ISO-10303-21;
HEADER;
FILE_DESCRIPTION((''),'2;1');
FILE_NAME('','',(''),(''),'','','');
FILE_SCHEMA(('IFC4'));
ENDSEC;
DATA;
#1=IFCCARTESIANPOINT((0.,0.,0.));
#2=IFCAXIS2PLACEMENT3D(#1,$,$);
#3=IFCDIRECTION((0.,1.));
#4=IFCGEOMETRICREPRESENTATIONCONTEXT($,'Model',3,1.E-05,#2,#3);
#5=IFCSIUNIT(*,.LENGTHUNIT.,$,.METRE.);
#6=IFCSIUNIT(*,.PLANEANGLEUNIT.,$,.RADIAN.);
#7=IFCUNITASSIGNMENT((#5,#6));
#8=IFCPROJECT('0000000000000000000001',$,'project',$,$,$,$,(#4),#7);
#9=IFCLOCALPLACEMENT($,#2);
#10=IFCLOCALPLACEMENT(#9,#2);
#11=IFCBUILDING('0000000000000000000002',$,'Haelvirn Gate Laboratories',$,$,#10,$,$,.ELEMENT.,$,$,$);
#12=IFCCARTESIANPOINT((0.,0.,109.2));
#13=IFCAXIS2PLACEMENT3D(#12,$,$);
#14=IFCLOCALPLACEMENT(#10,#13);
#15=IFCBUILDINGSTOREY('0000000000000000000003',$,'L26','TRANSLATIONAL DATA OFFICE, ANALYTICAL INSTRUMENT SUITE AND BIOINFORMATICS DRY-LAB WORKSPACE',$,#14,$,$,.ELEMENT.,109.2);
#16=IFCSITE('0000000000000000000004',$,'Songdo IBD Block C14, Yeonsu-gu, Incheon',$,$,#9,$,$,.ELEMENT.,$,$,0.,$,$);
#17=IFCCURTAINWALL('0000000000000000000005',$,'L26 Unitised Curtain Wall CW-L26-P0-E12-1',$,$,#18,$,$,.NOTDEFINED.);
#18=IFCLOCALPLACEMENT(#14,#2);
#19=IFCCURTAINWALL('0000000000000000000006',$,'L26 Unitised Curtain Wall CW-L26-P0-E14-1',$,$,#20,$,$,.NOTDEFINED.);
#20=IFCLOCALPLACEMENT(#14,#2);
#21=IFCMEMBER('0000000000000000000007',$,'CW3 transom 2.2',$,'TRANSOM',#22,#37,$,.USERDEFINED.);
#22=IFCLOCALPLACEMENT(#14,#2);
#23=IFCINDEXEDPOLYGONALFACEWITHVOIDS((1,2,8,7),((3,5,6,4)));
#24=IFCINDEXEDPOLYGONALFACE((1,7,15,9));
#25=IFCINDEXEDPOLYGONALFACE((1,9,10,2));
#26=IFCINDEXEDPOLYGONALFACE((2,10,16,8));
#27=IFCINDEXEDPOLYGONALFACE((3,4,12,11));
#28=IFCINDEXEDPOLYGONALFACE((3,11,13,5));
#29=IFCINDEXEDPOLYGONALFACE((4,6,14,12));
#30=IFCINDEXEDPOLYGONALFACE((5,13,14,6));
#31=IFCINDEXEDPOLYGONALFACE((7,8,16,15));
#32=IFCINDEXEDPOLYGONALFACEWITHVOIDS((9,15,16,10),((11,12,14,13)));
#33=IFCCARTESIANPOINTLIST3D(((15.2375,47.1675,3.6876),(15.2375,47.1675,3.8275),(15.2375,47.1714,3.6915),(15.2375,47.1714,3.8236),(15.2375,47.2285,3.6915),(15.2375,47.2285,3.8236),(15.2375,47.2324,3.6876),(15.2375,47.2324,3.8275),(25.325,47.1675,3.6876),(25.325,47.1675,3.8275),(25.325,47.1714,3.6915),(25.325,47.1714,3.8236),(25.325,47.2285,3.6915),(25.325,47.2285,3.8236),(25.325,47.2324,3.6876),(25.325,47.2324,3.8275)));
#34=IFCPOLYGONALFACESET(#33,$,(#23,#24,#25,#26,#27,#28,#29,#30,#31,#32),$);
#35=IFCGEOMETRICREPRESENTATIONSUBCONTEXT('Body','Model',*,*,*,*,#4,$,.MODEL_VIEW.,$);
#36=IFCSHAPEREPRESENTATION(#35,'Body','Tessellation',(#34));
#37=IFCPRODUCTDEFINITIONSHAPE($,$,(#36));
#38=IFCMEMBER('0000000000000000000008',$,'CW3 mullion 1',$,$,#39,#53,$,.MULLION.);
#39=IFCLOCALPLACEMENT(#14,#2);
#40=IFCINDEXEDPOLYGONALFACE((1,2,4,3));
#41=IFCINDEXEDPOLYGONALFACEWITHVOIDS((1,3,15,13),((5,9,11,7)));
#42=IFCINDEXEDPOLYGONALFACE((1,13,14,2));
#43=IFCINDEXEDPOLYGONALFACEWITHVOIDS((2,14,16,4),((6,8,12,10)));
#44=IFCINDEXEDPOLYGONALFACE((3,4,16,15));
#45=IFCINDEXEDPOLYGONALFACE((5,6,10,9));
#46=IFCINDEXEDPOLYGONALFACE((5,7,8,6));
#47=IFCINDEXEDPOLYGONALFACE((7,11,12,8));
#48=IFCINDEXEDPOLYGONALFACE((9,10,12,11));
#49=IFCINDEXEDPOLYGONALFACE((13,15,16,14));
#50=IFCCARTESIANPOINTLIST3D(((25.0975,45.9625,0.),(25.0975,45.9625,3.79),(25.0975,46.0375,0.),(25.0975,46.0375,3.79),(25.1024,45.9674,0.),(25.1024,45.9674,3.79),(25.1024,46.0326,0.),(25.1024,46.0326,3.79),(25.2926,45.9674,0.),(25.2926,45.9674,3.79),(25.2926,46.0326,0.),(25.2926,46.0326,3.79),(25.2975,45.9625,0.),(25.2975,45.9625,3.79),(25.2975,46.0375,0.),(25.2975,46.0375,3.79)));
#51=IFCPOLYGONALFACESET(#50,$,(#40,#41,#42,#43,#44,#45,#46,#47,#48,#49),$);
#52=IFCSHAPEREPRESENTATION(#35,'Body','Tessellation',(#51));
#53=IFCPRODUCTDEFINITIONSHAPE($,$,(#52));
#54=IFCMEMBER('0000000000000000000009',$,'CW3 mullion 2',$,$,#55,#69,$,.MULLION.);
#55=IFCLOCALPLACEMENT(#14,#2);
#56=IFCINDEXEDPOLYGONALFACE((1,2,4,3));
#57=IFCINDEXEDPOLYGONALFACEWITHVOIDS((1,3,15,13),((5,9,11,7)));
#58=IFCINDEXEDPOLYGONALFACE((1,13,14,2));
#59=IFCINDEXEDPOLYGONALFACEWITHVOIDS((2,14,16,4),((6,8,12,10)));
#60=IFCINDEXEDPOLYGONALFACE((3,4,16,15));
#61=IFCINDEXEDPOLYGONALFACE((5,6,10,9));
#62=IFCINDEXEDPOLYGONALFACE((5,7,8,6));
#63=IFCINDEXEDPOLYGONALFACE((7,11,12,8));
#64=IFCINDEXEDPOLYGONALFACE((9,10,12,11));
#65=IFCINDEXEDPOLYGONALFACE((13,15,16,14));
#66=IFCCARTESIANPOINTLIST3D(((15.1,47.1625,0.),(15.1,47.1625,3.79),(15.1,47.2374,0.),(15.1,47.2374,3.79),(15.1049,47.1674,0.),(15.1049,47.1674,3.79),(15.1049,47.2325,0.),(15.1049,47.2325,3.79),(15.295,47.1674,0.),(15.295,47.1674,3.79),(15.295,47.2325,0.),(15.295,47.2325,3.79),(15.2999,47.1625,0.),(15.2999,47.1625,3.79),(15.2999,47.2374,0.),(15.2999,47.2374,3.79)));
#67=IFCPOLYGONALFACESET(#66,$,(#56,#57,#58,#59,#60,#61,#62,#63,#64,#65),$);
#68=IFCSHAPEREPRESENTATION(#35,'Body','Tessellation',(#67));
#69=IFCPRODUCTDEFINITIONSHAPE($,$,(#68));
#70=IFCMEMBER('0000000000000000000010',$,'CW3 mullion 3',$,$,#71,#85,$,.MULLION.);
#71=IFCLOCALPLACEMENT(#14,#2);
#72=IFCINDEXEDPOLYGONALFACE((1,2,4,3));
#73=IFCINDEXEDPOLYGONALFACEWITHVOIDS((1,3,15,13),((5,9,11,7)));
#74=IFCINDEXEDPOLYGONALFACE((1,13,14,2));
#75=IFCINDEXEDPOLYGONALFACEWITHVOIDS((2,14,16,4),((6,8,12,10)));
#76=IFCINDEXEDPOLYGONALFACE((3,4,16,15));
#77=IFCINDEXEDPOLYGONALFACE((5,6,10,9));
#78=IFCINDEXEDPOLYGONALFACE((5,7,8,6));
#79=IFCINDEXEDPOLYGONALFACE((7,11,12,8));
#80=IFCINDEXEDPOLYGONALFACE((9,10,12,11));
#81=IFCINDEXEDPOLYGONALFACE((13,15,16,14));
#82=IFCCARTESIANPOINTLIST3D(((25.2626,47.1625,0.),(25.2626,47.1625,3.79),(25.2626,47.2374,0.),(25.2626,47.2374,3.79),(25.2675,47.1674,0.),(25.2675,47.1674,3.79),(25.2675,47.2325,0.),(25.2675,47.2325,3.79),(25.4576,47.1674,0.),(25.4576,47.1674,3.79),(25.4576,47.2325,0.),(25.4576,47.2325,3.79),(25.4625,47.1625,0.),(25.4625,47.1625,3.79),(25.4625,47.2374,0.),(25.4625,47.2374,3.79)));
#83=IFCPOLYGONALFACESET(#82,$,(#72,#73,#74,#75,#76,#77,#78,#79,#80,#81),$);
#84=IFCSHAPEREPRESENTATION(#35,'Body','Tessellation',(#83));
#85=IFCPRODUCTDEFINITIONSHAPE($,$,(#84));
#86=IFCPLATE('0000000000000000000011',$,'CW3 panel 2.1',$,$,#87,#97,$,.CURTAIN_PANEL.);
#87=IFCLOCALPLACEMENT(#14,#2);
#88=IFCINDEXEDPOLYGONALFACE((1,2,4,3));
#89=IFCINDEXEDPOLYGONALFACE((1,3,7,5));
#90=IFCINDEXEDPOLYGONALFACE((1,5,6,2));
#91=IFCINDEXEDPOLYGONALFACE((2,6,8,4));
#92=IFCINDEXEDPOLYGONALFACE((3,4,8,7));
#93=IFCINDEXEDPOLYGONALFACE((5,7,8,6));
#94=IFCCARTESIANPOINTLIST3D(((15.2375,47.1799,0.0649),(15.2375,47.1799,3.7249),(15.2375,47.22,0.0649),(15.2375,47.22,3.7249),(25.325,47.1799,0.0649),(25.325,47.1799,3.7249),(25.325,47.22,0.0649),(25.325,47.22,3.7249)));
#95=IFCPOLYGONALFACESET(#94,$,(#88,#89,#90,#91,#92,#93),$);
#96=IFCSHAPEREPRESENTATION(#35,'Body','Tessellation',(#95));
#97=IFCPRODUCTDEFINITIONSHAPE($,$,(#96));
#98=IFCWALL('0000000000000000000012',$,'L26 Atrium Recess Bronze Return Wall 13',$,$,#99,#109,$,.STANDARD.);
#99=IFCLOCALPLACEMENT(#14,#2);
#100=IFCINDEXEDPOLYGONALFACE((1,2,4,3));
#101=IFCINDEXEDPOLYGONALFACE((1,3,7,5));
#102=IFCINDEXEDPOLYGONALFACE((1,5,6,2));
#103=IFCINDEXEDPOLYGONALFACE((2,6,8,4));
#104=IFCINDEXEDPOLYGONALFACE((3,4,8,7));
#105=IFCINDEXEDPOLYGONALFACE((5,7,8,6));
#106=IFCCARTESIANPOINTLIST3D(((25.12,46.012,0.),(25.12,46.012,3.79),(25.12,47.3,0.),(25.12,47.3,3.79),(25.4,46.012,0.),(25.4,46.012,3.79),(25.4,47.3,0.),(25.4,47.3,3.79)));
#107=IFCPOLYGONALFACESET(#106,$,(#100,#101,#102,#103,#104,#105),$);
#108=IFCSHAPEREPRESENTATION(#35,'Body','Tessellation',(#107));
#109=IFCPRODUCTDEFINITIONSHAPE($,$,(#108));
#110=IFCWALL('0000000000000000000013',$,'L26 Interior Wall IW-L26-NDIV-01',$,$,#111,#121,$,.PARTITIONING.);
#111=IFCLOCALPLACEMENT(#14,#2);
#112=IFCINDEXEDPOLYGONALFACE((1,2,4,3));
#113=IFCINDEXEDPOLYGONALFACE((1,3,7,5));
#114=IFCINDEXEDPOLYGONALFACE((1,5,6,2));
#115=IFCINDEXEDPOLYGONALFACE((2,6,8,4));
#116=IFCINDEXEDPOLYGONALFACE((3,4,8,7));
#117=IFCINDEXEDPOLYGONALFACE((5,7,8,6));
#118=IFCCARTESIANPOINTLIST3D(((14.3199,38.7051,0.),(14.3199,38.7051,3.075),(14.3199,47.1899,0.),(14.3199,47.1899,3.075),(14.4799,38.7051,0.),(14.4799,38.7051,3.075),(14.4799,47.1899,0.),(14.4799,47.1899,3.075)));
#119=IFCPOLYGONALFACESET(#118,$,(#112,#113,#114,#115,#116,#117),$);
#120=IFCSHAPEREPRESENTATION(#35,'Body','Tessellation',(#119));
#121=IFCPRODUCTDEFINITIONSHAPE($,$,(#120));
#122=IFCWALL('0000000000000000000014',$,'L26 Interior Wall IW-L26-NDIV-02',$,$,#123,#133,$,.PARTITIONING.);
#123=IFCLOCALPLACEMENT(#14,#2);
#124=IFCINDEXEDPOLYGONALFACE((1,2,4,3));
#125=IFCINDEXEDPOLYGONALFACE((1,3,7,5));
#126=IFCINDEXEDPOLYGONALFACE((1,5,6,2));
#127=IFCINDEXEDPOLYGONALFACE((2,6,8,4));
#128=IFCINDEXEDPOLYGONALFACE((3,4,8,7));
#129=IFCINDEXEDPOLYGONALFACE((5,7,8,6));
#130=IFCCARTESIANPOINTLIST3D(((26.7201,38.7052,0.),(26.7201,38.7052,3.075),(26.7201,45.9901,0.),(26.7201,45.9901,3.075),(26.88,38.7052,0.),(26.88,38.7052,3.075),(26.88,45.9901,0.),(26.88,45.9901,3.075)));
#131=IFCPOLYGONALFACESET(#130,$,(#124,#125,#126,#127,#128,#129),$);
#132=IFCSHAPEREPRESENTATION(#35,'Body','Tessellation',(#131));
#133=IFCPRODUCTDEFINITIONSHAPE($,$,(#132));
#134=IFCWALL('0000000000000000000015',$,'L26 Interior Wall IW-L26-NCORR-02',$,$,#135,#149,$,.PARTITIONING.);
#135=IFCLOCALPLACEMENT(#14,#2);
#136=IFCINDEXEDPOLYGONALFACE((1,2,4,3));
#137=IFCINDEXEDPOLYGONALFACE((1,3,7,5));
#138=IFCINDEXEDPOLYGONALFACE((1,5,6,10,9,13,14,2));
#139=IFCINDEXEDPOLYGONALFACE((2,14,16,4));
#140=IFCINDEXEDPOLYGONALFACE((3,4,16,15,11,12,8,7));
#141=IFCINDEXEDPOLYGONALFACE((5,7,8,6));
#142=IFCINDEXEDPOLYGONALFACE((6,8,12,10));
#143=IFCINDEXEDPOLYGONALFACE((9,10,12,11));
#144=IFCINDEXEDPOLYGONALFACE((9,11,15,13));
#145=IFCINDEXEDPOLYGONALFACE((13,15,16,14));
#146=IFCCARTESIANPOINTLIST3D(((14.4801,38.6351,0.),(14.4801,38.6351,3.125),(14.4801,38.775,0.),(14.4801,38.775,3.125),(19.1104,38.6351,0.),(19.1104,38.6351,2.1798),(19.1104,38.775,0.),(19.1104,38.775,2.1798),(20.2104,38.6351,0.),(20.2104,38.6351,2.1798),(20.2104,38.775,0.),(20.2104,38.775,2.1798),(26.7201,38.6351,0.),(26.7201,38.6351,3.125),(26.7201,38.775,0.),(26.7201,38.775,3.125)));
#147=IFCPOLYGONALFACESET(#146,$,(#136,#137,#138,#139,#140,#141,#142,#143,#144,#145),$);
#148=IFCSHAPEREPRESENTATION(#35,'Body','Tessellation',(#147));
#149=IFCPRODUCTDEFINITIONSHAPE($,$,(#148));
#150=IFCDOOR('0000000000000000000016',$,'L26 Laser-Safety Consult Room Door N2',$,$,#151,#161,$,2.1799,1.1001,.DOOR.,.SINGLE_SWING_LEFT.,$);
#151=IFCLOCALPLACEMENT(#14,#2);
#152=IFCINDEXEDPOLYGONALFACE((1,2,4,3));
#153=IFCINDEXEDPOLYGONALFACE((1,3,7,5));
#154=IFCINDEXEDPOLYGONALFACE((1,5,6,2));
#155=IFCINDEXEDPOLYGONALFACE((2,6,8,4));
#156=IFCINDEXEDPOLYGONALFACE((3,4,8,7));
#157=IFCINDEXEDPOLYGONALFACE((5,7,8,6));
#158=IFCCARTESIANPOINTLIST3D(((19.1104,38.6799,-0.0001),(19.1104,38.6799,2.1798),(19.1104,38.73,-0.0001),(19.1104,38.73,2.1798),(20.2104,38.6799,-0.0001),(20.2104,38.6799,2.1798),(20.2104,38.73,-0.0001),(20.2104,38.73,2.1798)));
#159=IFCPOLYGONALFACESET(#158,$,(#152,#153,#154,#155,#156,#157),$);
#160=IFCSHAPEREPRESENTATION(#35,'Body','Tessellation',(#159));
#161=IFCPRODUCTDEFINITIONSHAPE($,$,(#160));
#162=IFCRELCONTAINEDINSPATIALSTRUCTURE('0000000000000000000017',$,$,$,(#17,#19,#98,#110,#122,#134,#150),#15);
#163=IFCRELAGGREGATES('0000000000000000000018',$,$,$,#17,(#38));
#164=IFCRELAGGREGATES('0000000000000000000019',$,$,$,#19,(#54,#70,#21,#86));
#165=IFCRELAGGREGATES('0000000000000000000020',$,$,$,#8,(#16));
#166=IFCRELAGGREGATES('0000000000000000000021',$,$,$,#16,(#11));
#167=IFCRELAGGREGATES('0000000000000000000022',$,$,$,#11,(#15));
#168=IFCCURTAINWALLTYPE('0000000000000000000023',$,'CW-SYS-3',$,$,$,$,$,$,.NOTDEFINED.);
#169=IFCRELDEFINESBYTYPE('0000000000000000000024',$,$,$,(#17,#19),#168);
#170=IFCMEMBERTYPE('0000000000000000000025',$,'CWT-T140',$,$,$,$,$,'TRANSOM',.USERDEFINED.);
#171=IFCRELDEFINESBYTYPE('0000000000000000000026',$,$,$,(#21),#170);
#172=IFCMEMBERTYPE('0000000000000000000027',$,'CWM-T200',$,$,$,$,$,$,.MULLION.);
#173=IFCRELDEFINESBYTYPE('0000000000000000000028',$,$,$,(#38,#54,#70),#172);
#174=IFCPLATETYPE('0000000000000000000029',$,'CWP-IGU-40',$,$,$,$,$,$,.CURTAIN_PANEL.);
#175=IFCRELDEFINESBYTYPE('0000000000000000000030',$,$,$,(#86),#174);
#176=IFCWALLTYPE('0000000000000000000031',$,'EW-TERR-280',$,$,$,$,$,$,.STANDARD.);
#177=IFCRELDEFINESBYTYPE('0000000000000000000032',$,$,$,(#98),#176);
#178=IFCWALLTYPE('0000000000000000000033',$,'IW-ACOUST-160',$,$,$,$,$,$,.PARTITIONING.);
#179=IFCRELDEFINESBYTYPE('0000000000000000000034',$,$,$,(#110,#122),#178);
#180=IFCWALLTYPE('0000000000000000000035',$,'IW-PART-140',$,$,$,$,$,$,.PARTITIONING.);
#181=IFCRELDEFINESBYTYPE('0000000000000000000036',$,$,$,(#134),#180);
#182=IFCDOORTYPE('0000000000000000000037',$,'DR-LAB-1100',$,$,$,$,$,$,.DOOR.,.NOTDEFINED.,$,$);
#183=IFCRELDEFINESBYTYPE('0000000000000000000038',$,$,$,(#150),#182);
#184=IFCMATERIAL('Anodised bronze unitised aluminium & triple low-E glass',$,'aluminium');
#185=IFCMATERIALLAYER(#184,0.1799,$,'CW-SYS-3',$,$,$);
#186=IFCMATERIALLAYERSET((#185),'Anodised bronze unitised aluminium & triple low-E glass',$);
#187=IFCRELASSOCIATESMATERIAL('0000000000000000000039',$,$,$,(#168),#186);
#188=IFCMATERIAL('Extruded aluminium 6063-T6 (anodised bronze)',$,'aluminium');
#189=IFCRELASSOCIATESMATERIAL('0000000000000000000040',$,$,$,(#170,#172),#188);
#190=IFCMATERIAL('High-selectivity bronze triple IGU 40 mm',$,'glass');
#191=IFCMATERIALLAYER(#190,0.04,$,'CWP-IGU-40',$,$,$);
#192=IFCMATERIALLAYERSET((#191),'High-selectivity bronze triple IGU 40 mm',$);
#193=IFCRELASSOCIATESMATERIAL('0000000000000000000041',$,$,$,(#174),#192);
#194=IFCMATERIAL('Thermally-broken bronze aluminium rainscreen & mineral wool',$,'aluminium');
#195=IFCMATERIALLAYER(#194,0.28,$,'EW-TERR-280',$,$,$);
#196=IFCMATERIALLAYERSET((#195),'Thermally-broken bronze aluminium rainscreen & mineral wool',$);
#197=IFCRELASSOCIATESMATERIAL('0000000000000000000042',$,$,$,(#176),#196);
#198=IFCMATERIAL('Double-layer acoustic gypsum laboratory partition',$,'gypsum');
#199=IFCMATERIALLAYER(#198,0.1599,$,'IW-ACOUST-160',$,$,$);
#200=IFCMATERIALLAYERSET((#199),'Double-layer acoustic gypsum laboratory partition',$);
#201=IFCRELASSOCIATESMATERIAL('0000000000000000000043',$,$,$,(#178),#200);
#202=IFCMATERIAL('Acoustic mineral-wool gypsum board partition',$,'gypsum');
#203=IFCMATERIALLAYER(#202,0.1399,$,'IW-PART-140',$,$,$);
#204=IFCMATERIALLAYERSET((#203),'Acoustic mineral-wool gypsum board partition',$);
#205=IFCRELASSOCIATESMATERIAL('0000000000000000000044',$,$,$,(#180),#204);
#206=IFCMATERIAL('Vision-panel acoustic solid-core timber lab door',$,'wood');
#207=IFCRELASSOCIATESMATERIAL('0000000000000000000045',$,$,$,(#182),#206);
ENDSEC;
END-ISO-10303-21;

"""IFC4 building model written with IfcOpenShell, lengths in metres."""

from ifc_helpers import new_model, si_unit, direction, frame, frame_2d, origin, origin_2d, place, context, subcontext, project, spatial, rectangle, hollow_rectangle, extrude, source, transform, mapped, material, layer, layer_set, material_profile, profile_set, type_object, type_shapes, element, fill, aggregate, save


model = new_model("IFC4")

# Units and contexts
model_context = context("Model", 3, precision=1e-05, world=origin(), true_north=direction((0.0, 1.0)))
body_context = subcontext(model_context, "Body", "Model", "MODEL_VIEW")
ifc_project = project(units=[si_unit("LENGTHUNIT", "METRE"), si_unit("PLANEANGLEUNIT", "RADIAN")], contexts=[model_context])

# Site, building, storey
site_placement = place(None, origin())
site = spatial("IfcSite", under=ifc_project, at=site_placement, Name="Songdo IBD Block C14, Yeonsu-gu, Incheon", CompositionType="ELEMENT", RefElevation=0.0)
building_placement = place(site_placement, origin())
building = spatial("IfcBuilding", under=site, at=building_placement, Name="Haelvirn Gate Laboratories", CompositionType="ELEMENT")
storey_placement = place(building_placement, frame((0.0, 0.0, 109.2)))
storey = spatial("IfcBuildingStorey", under=building, at=storey_placement, Name="L26", Description="TRANSLATIONAL DATA OFFICE, ANALYTICAL INSTRUMENT SUITE AND BIOINFORMATICS DRY-LAB WORKSPACE", CompositionType="ELEMENT", Elevation=109.2)

# Curtain walls, member
ifc_material_1 = material(Name="Anodised bronze unitised aluminium & triple low-E glass", Category="aluminium")
ifc_layer_1 = layer(ifc_material_1, 0.1799, Name="CW-SYS-3")
ifc_layer_set_1 = layer_set([ifc_layer_1], Name="Anodised bronze unitised aluminium & triple low-E glass")
curtain_wall_type = type_object("IfcCurtainWallType", Name="CW-SYS-3", PredefinedType="NOTDEFINED", material=ifc_layer_set_1)
curtain_wall_1_placement = place(storey_placement, origin())
curtain_wall_1 = element("IfcCurtainWall", 1, at=curtain_wall_1_placement, inside=storey, type_object=curtain_wall_type, Name="L26 Unitised Curtain Wall CW-L26-P0-E12-1", PredefinedType="NOTDEFINED")
ifc_material_2 = material(Name="Extruded aluminium 6063-T6 (anodised bronze)", Category="aluminium")
ifc_material_profile_1 = material_profile(ifc_material_2, hollow_rectangle(XDim=0.0649, YDim=0.1399, WallThickness=0.0039, at=origin_2d()), Name="CWT-140x65x4")
ifc_profile_set_1 = profile_set([ifc_material_profile_1], Name="Extruded aluminium 6063-T6 (anodised bronze)")
member_type_1 = type_object("IfcMemberType", Name="CWT-T140", ElementType="TRANSOM", PredefinedType="USERDEFINED", material=ifc_profile_set_1)
curtain_wall_2_placement = place(storey_placement, origin())
curtain_wall_2 = element("IfcCurtainWall", 2, at=curtain_wall_2_placement, inside=storey, type_object=curtain_wall_type, Name="L26 Unitised Curtain Wall CW-L26-P0-E14-1", PredefinedType="NOTDEFINED")
shared_shape_1 = source(origin(), body_context, "Body", "SweptSolid", [
    extrude(hollow_rectangle(XDim=0.0649, YDim=0.1399, WallThickness=0.0039, at=origin_2d()), origin(), (0.0, 0.0, 1.0), 10.0874),
])
member_1_placement = place(storey_placement, frame((15.2375, 47.2, 3.7576), z_axis=(1.0, 0.0, 0.0), x_axis=(0.0, 1.0, 0.0)))
member_1 = element("IfcMember", 3, at=member_1_placement, type_object=member_type_1, Name="CW3 transom 2.2", ObjectType="TRANSOM", PredefinedType="USERDEFINED", context=body_context, shape_type="MappedRepresentation", body=[
    mapped(shared_shape_1, transform((0.0, 0.0, 0.0), scale=1.0)),
])

# Members
ifc_material_profile_2 = material_profile(ifc_material_2, hollow_rectangle(XDim=0.075, YDim=0.2, WallThickness=0.0049, at=origin_2d()), Name="CWM-200x75x5")
ifc_profile_set_2 = profile_set([ifc_material_profile_2], Name="Extruded aluminium 6063-T6 (anodised bronze)")
member_type_2 = type_object("IfcMemberType", Name="CWM-T200", PredefinedType="MULLION", material=ifc_profile_set_2)
shared_shape_2 = source(origin(), body_context, "Body", "SweptSolid", [
    extrude(hollow_rectangle(XDim=0.075, YDim=0.2, WallThickness=0.0049, at=origin_2d()), origin(), (0.0, 0.0, 1.0), 3.79),
])
type_shapes(member_type_2, [shared_shape_2])
member_2_placement = place(storey_placement, frame((25.1975, 46.0, 0.0), z_axis=(0.0, 0.0, 1.0), x_axis=(0.0, 1.0, 0.0)))
member_2 = element("IfcMember", 4, at=member_2_placement, type_object=member_type_2, Name="CW3 mullion 1", PredefinedType="MULLION", context=body_context, shape_type="MappedRepresentation", body=[
    mapped(shared_shape_2, transform((0.0, 0.0, 0.0), scale=1.0)),
])
aggregate(curtain_wall_1, [member_2])
member_3_placement = place(storey_placement, frame((15.2, 47.2, 0.0), z_axis=(0.0, 0.0, 1.0), x_axis=(0.0, 1.0, 0.0)))
member_3 = element("IfcMember", 5, at=member_3_placement, type_object=member_type_2, Name="CW3 mullion 2", PredefinedType="MULLION", context=body_context, shape_type="MappedRepresentation", body=[
    mapped(shared_shape_2, transform((0.0, 0.0, 0.0), scale=1.0)),
])
member_4_placement = place(storey_placement, frame((25.3625, 47.2, 0.0), z_axis=(0.0, 0.0, 1.0), x_axis=(0.0, 1.0, 0.0)))
member_4 = element("IfcMember", 6, at=member_4_placement, type_object=member_type_2, Name="CW3 mullion 3", PredefinedType="MULLION", context=body_context, shape_type="MappedRepresentation", body=[
    mapped(shared_shape_2, transform((0.0, 0.0, 0.0), scale=1.0)),
])

# Plate
ifc_material_3 = material(Name="High-selectivity bronze triple IGU 40 mm", Category="glass")
ifc_layer_2 = layer(ifc_material_3, 0.04, Name="CWP-IGU-40")
ifc_layer_set_2 = layer_set([ifc_layer_2], Name="High-selectivity bronze triple IGU 40 mm")
plate_type = type_object("IfcPlateType", Name="CWP-IGU-40", PredefinedType="CURTAIN_PANEL", material=ifc_layer_set_2)
shared_shape_3 = source(origin(), body_context, "Body", "SweptSolid", [
    extrude(rectangle(XDim=10.0874, YDim=0.04, at=origin_2d()), origin(), (0.0, 0.0, 1.0), 3.6599),
])
type_shapes(plate_type, [shared_shape_3])
plate_placement = place(storey_placement, frame((20.2812, 47.2, 0.0649), z_axis=(0.0, 0.0, 1.0), x_axis=(1.0, 0.0, 0.0)))
plate = element("IfcPlate", 7, at=plate_placement, type_object=plate_type, Name="CW3 panel 2.1", PredefinedType="CURTAIN_PANEL", context=body_context, shape_type="MappedRepresentation", body=[
    mapped(shared_shape_3, transform((0.0, 0.0, 0.0), scale=1.0)),
])
aggregate(curtain_wall_2, [member_3, member_4, member_1, plate])

# Walls
ifc_material_4 = material(Name="Thermally-broken bronze aluminium rainscreen & mineral wool", Category="aluminium")
ifc_layer_3 = layer(ifc_material_4, 0.28, Name="EW-TERR-280")
ifc_layer_set_3 = layer_set([ifc_layer_3], Name="Thermally-broken bronze aluminium rainscreen & mineral wool")
wall_type_1 = type_object("IfcWallType", Name="EW-TERR-280", PredefinedType="STANDARD", material=ifc_layer_set_3)
wall_1_placement = place(storey_placement, frame((25.26, 46.012, 0.0), z_axis=(0.0, 0.0, 1.0), x_axis=(0.0, 1.0, 0.0)))
element("IfcWall", 8, at=wall_1_placement, inside=storey, type_object=wall_type_1, Name="L26 Atrium Recess Bronze Return Wall 13", PredefinedType="STANDARD", context=body_context, shape_type="SweptSolid", body=[
    extrude(rectangle(XDim=1.2881, YDim=0.28, at=frame_2d((0.644, 0.0))), origin(), (0.0, 0.0, 1.0), 3.79),
])
ifc_material_5 = material(Name="Double-layer acoustic gypsum laboratory partition", Category="gypsum")
ifc_layer_4 = layer(ifc_material_5, 0.1599, Name="IW-ACOUST-160")
ifc_layer_set_4 = layer_set([ifc_layer_4], Name="Double-layer acoustic gypsum laboratory partition")
wall_type_2 = type_object("IfcWallType", Name="IW-ACOUST-160", PredefinedType="PARTITIONING", material=ifc_layer_set_4)
wall_2_placement = place(storey_placement, frame((14.3999, 38.7051, 0.0), z_axis=(0.0, 0.0, 1.0), x_axis=(0.0, 1.0, 0.0)))
element("IfcWall", 9, at=wall_2_placement, inside=storey, type_object=wall_type_2, Name="L26 Interior Wall IW-L26-NDIV-01", PredefinedType="PARTITIONING", context=body_context, shape_type="SweptSolid", body=[
    extrude(rectangle(XDim=8.4849, YDim=0.1599, at=frame_2d((4.2424, 0.0))), origin(), (0.0, 0.0, 1.0), 3.075),
])
wall_3_placement = place(storey_placement, frame((26.8, 38.7051, 0.0), z_axis=(0.0, 0.0, 1.0), x_axis=(0.0, 1.0, 0.0)))
element("IfcWall", 10, at=wall_3_placement, inside=storey, type_object=wall_type_2, Name="L26 Interior Wall IW-L26-NDIV-02", PredefinedType="PARTITIONING", context=body_context, shape_type="SweptSolid", body=[
    extrude(rectangle(XDim=7.2849, YDim=0.1599, at=frame_2d((3.6426, 0.0))), origin(), (0.0, 0.0, 1.0), 3.075),
])

# Wall, opening, door
ifc_material_6 = material(Name="Acoustic mineral-wool gypsum board partition", Category="gypsum")
ifc_layer_5 = layer(ifc_material_6, 0.1399, Name="IW-PART-140")
ifc_layer_set_5 = layer_set([ifc_layer_5], Name="Acoustic mineral-wool gypsum board partition")
wall_type_3 = type_object("IfcWallType", Name="IW-PART-140", PredefinedType="PARTITIONING", material=ifc_layer_set_5)
wall_4_placement = place(storey_placement, frame((14.48, 38.7051, 0.0), z_axis=(0.0, 0.0, 1.0), x_axis=(1.0, 0.0, 0.0)))
wall_4 = element("IfcWall", 11, at=wall_4_placement, inside=storey, type_object=wall_type_3, Name="L26 Interior Wall IW-L26-NCORR-02", PredefinedType="PARTITIONING", context=body_context, shape_type="SweptSolid", body=[
    extrude(rectangle(XDim=12.24, YDim=0.1399, at=frame_2d((6.1201, 0.0))), origin(), (0.0, 0.0, 1.0), 3.125),
])
opening_1_placement = place(wall_4_placement, frame((4.6304, 0.0, 0.0)))
opening_1 = element("IfcOpeningElement", 12, at=opening_1_placement, cuts=wall_4, PredefinedType="OPENING", context=body_context, shape_type="SweptSolid", body=[
    extrude(rectangle(XDim=1.1001, YDim=2.1799, at=frame_2d((0.55, 1.0898))), frame((0.0, 0.0801, 0.0), z_axis=(0.0, -1.0, 0.0), x_axis=(1.0, 0.0, 0.0)), (0.0, 0.0, 1.0), 0.1599),
])
ifc_material_7 = material(Name="Vision-panel acoustic solid-core timber lab door", Category="wood")
door_type = type_object("IfcDoorType", Name="DR-LAB-1100", OperationType="NOTDEFINED", PredefinedType="DOOR", material=ifc_material_7)
shared_shape_4 = source(origin(), body_context, "Body", "SweptSolid", [
    extrude(rectangle(XDim=1.1001, YDim=2.1799, at=frame_2d((0.55, 1.0898))), frame((0.0, 0.0249, 0.0), z_axis=(0.0, -1.0, 0.0), x_axis=(1.0, 0.0, 0.0)), (0.0, 0.0, 1.0), 0.05),
])
type_shapes(door_type, [shared_shape_4])
door_1_placement = place(opening_1_placement, origin())
door_1 = element("IfcDoor", 13, at=door_1_placement, inside=storey, type_object=door_type, Name="L26 Laser-Safety Consult Room Door N2", OperationType="SINGLE_SWING_LEFT", OverallHeight=2.1799, OverallWidth=1.1001, PredefinedType="DOOR", context=body_context, shape_type="MappedRepresentation", body=[
    mapped(shared_shape_4, transform((0.0, 0.0, 0.0), scale=1.0)),
])
fill(opening_1, door_1)

save(model, "model.ifc")
